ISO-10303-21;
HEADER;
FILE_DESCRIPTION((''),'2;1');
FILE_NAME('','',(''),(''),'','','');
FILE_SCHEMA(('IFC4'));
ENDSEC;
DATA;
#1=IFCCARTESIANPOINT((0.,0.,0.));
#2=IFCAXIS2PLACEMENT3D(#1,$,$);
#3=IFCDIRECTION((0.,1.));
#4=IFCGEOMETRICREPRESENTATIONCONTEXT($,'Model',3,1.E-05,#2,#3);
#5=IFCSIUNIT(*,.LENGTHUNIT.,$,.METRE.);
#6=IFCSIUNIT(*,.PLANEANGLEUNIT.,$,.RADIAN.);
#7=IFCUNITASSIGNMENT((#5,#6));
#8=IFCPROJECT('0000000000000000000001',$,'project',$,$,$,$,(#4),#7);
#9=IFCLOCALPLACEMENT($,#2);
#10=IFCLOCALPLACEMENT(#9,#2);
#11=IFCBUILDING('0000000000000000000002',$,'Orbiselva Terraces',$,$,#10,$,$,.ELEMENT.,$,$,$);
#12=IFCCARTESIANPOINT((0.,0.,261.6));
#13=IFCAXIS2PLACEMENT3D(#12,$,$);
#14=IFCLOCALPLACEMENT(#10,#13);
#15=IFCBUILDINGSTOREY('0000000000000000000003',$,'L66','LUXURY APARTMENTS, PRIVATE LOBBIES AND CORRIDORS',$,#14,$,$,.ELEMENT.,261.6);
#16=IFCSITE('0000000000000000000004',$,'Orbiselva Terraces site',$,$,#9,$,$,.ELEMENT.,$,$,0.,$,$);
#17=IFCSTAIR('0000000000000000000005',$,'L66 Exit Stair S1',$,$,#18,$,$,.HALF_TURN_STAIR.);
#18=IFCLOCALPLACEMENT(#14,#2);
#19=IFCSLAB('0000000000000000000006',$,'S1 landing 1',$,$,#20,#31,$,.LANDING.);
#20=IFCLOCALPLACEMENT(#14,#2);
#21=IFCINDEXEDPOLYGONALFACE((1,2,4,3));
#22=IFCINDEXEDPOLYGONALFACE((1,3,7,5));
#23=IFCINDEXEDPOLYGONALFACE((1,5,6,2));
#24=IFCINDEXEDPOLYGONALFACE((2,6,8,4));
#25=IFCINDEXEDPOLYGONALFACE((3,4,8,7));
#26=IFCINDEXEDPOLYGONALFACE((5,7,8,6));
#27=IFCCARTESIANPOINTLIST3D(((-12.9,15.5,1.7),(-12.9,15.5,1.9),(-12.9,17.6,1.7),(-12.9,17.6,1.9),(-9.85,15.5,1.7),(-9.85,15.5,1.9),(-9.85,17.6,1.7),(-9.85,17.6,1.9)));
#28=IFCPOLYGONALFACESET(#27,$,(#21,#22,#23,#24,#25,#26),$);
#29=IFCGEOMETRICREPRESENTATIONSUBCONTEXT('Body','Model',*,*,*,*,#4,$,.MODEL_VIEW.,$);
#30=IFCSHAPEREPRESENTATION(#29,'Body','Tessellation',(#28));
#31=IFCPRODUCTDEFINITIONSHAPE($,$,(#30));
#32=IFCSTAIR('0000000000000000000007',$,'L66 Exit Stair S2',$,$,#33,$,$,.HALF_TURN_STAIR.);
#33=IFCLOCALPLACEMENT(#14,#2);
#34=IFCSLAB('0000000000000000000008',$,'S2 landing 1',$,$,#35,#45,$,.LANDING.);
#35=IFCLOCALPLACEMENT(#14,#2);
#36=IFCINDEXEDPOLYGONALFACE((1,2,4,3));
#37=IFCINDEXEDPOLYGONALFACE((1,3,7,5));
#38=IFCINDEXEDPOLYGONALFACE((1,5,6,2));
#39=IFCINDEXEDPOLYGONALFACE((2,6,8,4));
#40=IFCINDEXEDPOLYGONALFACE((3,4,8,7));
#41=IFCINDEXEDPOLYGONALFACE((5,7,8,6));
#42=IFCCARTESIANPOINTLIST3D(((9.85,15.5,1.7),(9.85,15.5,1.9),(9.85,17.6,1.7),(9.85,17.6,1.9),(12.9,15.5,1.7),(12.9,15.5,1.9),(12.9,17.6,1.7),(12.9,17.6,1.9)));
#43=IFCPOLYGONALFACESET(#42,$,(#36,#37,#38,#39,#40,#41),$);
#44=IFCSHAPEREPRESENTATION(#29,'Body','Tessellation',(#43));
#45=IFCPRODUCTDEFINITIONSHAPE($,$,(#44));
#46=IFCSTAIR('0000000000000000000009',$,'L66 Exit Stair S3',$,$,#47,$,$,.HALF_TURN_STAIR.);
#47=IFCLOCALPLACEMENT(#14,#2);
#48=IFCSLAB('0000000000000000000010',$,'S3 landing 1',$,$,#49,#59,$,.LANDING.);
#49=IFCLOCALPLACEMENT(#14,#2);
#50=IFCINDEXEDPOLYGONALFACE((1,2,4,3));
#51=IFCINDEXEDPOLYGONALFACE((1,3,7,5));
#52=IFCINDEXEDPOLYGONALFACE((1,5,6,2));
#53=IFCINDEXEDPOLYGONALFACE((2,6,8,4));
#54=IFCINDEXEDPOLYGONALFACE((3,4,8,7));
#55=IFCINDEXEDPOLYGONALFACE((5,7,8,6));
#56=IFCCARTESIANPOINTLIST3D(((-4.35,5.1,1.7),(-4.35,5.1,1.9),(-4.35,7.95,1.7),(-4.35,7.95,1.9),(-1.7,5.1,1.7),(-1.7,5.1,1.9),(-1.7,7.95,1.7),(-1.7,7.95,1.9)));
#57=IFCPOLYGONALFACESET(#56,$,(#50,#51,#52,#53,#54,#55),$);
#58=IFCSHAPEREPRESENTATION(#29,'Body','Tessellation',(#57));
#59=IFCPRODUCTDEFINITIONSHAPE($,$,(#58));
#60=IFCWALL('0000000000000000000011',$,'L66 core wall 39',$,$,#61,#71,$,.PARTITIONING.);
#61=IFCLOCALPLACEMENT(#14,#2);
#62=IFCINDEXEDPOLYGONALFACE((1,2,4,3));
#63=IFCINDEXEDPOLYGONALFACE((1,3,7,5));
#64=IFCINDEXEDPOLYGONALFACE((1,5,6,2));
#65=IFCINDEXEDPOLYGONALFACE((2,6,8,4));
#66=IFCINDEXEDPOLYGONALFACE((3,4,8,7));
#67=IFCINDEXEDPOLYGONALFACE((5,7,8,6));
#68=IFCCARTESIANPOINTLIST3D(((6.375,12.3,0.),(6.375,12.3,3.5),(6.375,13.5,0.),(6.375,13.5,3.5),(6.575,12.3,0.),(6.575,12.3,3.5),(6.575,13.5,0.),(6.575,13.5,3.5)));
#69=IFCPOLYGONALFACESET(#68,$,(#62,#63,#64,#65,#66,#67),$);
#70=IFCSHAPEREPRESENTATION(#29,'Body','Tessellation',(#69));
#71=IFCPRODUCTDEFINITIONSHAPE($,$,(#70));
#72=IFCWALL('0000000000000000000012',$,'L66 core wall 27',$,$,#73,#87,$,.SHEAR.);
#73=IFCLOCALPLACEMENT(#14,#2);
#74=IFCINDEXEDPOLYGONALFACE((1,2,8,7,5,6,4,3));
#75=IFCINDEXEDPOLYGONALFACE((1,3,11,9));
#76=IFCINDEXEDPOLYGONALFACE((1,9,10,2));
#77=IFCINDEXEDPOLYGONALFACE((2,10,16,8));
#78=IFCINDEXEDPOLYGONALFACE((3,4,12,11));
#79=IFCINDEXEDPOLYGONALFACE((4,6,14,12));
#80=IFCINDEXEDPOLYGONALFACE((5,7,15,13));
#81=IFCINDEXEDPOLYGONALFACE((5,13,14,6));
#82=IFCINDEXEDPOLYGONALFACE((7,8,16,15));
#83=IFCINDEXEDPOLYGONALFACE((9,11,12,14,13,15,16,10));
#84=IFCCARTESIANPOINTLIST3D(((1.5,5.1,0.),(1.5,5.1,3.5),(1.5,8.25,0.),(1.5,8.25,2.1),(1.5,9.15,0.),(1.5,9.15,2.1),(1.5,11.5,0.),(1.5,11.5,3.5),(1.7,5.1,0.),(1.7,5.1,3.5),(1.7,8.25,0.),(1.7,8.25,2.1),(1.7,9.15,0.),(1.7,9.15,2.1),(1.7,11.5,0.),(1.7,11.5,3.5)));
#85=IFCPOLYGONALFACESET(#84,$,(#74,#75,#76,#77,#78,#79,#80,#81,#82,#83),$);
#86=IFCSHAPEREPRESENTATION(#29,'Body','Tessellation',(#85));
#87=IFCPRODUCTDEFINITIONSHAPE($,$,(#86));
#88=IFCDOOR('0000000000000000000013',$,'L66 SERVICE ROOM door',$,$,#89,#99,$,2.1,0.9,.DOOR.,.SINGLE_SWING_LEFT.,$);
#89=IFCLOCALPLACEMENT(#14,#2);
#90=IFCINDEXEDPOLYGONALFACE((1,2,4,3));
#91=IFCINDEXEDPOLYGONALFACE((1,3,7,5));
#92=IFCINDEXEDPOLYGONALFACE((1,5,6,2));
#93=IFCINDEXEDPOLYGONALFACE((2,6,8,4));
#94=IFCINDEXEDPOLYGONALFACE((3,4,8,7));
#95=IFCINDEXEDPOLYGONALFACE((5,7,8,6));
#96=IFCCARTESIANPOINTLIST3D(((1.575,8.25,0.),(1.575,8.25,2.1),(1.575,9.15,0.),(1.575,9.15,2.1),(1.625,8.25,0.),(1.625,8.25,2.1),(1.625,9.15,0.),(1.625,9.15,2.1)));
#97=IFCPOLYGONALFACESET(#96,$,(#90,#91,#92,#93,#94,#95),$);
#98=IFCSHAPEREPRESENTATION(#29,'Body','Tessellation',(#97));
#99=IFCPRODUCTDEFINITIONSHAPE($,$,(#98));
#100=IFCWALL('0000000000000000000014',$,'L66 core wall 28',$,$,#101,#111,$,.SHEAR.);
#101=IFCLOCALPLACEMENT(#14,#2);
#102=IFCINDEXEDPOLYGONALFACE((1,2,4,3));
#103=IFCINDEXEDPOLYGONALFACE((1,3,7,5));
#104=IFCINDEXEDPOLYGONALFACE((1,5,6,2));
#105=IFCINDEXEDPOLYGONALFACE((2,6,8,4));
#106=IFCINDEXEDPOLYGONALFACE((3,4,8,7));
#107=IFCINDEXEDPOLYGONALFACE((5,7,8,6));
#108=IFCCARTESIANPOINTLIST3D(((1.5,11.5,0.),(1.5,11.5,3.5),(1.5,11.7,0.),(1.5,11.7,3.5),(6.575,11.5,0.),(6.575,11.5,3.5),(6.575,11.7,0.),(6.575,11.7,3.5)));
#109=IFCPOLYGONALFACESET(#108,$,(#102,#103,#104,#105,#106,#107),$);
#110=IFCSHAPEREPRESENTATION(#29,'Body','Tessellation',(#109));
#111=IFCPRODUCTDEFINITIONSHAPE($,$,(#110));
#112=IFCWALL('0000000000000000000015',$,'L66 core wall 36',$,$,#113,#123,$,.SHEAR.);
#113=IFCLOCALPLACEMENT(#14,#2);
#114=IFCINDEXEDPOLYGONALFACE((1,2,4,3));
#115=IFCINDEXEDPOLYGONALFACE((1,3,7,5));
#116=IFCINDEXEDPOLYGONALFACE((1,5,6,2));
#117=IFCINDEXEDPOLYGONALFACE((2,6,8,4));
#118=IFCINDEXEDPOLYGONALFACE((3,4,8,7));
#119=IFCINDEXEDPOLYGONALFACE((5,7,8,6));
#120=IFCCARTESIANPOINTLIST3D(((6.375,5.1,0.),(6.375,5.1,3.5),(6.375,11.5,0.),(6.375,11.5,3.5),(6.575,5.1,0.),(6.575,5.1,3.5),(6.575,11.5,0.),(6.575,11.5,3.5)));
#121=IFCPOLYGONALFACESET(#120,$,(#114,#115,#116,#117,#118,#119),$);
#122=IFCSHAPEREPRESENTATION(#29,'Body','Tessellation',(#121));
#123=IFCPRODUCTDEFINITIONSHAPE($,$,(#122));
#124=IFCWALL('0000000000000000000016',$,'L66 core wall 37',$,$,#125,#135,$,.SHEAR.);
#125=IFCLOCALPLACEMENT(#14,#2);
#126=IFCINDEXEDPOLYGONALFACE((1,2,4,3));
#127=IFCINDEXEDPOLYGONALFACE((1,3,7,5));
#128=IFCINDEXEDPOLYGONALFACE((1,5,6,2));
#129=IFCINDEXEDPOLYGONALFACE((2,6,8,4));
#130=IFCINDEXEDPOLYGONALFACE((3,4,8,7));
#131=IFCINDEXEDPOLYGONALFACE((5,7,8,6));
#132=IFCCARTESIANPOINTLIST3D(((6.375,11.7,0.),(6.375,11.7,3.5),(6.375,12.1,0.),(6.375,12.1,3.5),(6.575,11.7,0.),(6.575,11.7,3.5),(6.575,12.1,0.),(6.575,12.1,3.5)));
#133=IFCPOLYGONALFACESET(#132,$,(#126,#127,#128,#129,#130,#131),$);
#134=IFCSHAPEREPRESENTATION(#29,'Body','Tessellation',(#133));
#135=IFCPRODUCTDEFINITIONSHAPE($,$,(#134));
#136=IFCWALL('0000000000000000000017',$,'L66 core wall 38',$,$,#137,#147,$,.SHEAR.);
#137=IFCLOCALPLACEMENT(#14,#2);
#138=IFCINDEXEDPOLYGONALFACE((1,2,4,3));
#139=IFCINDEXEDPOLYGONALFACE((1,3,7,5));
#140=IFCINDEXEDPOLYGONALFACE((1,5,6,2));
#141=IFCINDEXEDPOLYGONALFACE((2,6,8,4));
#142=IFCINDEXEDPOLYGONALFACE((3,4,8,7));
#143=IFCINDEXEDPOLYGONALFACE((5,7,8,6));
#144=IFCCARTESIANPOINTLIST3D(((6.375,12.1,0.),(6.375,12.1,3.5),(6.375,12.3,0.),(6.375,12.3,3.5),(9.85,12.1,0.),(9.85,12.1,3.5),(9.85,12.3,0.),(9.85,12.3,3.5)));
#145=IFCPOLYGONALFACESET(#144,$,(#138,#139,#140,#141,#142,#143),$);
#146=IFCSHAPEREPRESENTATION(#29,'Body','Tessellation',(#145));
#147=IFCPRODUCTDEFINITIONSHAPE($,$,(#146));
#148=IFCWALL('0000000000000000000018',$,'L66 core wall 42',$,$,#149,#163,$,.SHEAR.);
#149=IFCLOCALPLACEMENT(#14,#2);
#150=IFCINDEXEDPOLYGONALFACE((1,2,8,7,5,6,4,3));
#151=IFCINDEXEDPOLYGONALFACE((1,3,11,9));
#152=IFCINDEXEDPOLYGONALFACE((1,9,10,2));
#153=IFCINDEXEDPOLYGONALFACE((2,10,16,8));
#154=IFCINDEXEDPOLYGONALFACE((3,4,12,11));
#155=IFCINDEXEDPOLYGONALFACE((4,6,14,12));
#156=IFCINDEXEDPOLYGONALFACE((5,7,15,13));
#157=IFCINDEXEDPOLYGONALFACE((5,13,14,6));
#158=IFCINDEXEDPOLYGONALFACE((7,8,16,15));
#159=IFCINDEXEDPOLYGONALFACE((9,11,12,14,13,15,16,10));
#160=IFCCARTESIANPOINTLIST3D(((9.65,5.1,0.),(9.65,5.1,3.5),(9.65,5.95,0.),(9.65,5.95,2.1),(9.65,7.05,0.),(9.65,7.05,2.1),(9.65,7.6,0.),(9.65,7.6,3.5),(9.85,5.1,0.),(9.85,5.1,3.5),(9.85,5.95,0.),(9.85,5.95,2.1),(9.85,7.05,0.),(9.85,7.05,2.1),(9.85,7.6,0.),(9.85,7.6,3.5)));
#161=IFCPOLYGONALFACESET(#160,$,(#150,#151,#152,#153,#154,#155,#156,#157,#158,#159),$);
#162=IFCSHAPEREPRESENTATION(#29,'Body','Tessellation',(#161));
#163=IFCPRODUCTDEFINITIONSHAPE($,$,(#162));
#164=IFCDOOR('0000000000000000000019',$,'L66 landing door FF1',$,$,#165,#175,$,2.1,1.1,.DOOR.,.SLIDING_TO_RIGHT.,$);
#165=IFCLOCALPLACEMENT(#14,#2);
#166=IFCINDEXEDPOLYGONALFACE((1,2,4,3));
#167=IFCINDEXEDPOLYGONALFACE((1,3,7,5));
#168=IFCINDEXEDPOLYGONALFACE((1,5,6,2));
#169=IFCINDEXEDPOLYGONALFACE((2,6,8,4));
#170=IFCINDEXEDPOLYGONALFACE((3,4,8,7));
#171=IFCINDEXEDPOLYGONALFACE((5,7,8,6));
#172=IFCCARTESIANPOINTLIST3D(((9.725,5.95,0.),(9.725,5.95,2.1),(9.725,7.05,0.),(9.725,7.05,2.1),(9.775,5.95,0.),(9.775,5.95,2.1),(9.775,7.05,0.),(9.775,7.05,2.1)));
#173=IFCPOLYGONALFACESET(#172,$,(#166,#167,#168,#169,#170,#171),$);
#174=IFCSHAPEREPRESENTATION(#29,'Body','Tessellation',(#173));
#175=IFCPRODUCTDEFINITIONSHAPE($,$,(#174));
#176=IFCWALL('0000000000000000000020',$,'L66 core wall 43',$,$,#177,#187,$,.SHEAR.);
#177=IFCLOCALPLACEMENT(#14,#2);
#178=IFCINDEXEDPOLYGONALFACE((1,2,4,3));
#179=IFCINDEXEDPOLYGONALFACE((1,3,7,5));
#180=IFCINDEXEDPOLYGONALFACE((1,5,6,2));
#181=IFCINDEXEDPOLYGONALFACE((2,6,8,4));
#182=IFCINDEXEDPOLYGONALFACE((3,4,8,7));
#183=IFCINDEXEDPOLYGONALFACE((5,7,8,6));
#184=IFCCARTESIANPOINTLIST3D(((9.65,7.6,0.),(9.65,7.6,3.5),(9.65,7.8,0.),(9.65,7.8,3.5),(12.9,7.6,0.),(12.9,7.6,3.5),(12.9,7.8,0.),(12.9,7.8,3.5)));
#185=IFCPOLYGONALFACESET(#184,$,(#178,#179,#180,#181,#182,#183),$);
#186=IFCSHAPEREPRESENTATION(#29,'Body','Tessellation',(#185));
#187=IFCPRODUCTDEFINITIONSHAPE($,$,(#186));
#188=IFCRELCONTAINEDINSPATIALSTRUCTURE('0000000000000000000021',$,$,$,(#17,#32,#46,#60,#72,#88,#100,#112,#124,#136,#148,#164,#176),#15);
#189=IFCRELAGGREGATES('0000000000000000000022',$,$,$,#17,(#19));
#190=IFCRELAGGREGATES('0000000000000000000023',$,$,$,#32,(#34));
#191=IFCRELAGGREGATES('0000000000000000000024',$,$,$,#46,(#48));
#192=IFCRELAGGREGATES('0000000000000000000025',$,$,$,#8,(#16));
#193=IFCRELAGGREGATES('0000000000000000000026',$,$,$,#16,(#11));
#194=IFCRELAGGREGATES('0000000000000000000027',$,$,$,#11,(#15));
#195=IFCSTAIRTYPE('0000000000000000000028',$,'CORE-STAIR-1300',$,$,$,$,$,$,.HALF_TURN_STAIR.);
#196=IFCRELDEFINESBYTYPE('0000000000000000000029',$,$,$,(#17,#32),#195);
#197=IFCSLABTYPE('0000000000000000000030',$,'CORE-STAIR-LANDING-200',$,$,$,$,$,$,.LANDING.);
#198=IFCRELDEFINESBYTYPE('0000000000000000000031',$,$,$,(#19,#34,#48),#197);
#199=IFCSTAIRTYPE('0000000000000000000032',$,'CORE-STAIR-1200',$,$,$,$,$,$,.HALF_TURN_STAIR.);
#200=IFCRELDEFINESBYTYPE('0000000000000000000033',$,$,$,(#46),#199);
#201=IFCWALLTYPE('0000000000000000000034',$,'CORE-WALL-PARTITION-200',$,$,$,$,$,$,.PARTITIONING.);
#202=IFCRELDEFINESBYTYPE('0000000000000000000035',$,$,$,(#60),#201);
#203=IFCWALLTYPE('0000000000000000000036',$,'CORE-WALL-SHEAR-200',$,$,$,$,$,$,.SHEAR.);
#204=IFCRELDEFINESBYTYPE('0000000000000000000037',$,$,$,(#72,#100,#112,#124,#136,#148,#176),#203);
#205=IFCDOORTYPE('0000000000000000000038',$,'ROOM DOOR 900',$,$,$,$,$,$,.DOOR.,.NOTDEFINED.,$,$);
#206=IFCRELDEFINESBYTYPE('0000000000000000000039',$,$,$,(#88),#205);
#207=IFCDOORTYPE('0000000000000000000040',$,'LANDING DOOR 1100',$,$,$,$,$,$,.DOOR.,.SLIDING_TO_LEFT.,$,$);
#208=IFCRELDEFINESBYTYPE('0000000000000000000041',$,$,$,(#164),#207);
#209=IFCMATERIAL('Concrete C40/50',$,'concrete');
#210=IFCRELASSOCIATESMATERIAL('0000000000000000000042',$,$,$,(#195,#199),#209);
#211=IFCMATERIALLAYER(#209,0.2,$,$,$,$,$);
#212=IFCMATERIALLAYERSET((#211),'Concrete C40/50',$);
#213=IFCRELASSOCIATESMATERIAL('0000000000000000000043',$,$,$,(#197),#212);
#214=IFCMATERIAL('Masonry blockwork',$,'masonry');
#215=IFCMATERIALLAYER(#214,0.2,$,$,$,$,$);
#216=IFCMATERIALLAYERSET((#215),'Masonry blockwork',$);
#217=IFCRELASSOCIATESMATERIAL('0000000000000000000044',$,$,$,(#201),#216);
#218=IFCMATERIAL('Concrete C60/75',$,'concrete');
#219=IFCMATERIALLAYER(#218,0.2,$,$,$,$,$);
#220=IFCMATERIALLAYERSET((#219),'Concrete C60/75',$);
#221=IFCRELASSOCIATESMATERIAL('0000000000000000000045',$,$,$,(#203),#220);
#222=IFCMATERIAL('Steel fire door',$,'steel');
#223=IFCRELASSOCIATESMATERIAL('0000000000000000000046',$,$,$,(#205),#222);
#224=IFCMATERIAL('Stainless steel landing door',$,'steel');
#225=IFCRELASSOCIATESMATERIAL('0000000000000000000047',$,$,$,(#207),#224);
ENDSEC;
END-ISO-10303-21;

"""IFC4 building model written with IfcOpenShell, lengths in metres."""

from ifc_helpers import new_model, si_unit, direction, frame, frame_2d, origin, place, context, subcontext, project, spatial, polyline, rectangle, outline, extrude, material, layer, layer_set, type_object, element, fill, aggregate, save


model = new_model("IFC4")

# Units and contexts
model_context = context("Model", 3, precision=1e-05, world=origin(), true_north=direction((0.0, 1.0)))
body_context = subcontext(model_context, "Body", "Model", "MODEL_VIEW")
ifc_project = project(units=[si_unit("LENGTHUNIT", "METRE"), si_unit("PLANEANGLEUNIT", "RADIAN")], contexts=[model_context])

# Site, building, storey
site_placement = place(None, origin())
site = spatial("IfcSite", under=ifc_project, at=site_placement, Name="Orbiselva Terraces site", CompositionType="ELEMENT", RefElevation=0.0)
building_placement = place(site_placement, origin())
building = spatial("IfcBuilding", under=site, at=building_placement, Name="Orbiselva Terraces", CompositionType="ELEMENT")
storey_placement = place(building_placement, frame((0.0, 0.0, 261.6)))
storey = spatial("IfcBuildingStorey", under=building, at=storey_placement, Name="L66", Description="LUXURY APARTMENTS, PRIVATE LOBBIES AND CORRIDORS", CompositionType="ELEMENT", Elevation=261.6)

# Stairs, slabs
ifc_material_1 = material(Name="Concrete C40/50", Category="concrete")
stair_type_1 = type_object("IfcStairType", Name="CORE-STAIR-1300", PredefinedType="HALF_TURN_STAIR", material=ifc_material_1)
stair_1_placement = place(storey_placement, origin())
stair_1 = element("IfcStair", 1, at=stair_1_placement, inside=storey, type_object=stair_type_1, Name="L66 Exit Stair S1", PredefinedType="HALF_TURN_STAIR")
ifc_layer_1 = layer(ifc_material_1, 0.2)
ifc_layer_set_1 = layer_set([ifc_layer_1], Name="Concrete C40/50")
slab_type = type_object("IfcSlabType", Name="CORE-STAIR-LANDING-200", PredefinedType="LANDING", material=ifc_layer_set_1)
slab_1_placement = place(storey_placement, frame((0.0, 0.0, 1.7)))
slab_1 = element("IfcSlab", 2, at=slab_1_placement, type_object=slab_type, Name="S1 landing 1", PredefinedType="LANDING", context=body_context, shape_type="SweptSolid", body=[
    extrude(outline(polyline([(-9.85, 15.5), (-9.85, 17.6), (-12.9, 17.6), (-12.9, 15.5), (-9.85, 15.5)])), origin(), (0.0, 0.0, 1.0), 0.2),
])
aggregate(stair_1, [slab_1])
stair_2_placement = place(storey_placement, origin())
stair_2 = element("IfcStair", 3, at=stair_2_placement, inside=storey, type_object=stair_type_1, Name="L66 Exit Stair S2", PredefinedType="HALF_TURN_STAIR")
slab_2_placement = place(storey_placement, frame((0.0, 0.0, 1.7)))
slab_2 = element("IfcSlab", 4, at=slab_2_placement, type_object=slab_type, Name="S2 landing 1", PredefinedType="LANDING", context=body_context, shape_type="SweptSolid", body=[
    extrude(outline(polyline([(12.9, 15.5), (12.9, 17.6), (9.85, 17.6), (9.85, 15.5), (12.9, 15.5)])), origin(), (0.0, 0.0, 1.0), 0.2),
])
aggregate(stair_2, [slab_2])
stair_type_2 = type_object("IfcStairType", Name="CORE-STAIR-1200", PredefinedType="HALF_TURN_STAIR", material=ifc_material_1)
stair_3_placement = place(storey_placement, origin())
stair_3 = element("IfcStair", 5, at=stair_3_placement, inside=storey, type_object=stair_type_2, Name="L66 Exit Stair S3", PredefinedType="HALF_TURN_STAIR")
slab_3_placement = place(storey_placement, frame((0.0, 0.0, 1.7)))
slab_3 = element("IfcSlab", 6, at=slab_3_placement, type_object=slab_type, Name="S3 landing 1", PredefinedType="LANDING", context=body_context, shape_type="SweptSolid", body=[
    extrude(outline(polyline([(-4.35, 5.1), (-1.7, 5.1), (-1.7, 7.95), (-4.35, 7.95), (-4.35, 5.1)])), origin(), (0.0, 0.0, 1.0), 0.2),
])
aggregate(stair_3, [slab_3])

# Wall
ifc_material_2 = material(Name="Masonry blockwork", Category="masonry")
ifc_layer_2 = layer(ifc_material_2, 0.2)
ifc_layer_set_2 = layer_set([ifc_layer_2], Name="Masonry blockwork")
wall_type_1 = type_object("IfcWallType", Name="CORE-WALL-PARTITION-200", PredefinedType="PARTITIONING", material=ifc_layer_set_2)
wall_1_placement = place(storey_placement, frame((6.475, 12.3, 0.0), z_axis=(0.0, 0.0, 1.0), x_axis=(0.0, 1.0, 0.0)))
element("IfcWall", 7, at=wall_1_placement, inside=storey, type_object=wall_type_1, Name="L66 core wall 39", PredefinedType="PARTITIONING", context=body_context, shape_type="SweptSolid", body=[
    extrude(rectangle(XDim=1.2, YDim=0.2, at=frame_2d((0.6, 0.0))), origin(), (0.0, 0.0, 1.0), 3.5),
])

# Wall, opening, door
ifc_material_3 = material(Name="Concrete C60/75", Category="concrete")
ifc_layer_3 = layer(ifc_material_3, 0.2)
ifc_layer_set_3 = layer_set([ifc_layer_3], Name="Concrete C60/75")
wall_type_2 = type_object("IfcWallType", Name="CORE-WALL-SHEAR-200", PredefinedType="SHEAR", material=ifc_layer_set_3)
wall_2_placement = place(storey_placement, frame((1.6, 11.5, 0.0), z_axis=(0.0, 0.0, 1.0), x_axis=(0.0, -1.0, 0.0)))
wall_2 = element("IfcWall", 8, at=wall_2_placement, inside=storey, type_object=wall_type_2, Name="L66 core wall 27", PredefinedType="SHEAR", context=body_context, shape_type="SweptSolid", body=[
    extrude(rectangle(XDim=6.4, YDim=0.2, at=frame_2d((3.2, 0.0))), origin(), (0.0, 0.0, 1.0), 3.5),
])
opening_1_placement = place(wall_2_placement, frame((2.35, 0.0, 0.0)))
opening_1 = element("IfcOpeningElement", 9, at=opening_1_placement, cuts=wall_2, PredefinedType="OPENING", context=body_context, shape_type="SweptSolid", body=[
    extrude(rectangle(XDim=0.9, YDim=2.1, at=frame_2d((0.45, 1.05))), frame((0.0, 0.11, 0.0), z_axis=(0.0, -1.0, 0.0), x_axis=(1.0, 0.0, 0.0)), (0.0, 0.0, 1.0), 0.22),
])
ifc_material_4 = material(Name="Steel fire door", Category="steel")
door_type_1 = type_object("IfcDoorType", Name="ROOM DOOR 900", OperationType="NOTDEFINED", PredefinedType="DOOR", material=ifc_material_4)
door_1_placement = place(opening_1_placement, origin())
door_1 = element("IfcDoor", 10, at=door_1_placement, inside=storey, type_object=door_type_1, Name="L66 SERVICE ROOM door", OperationType="SINGLE_SWING_LEFT", OverallHeight=2.1, OverallWidth=0.9, PredefinedType="DOOR", context=body_context, shape_type="SweptSolid", body=[
    extrude(rectangle(XDim=0.9, YDim=2.1, at=frame_2d((0.45, 1.05))), frame((0.0, 0.025, 0.0), z_axis=(0.0, -1.0, 0.0), x_axis=(1.0, 0.0, 0.0)), (0.0, 0.0, 1.0), 0.05),
])
fill(opening_1, door_1)

# Walls
wall_3_placement = place(storey_placement, frame((1.5, 11.6, 0.0), z_axis=(0.0, 0.0, 1.0), x_axis=(1.0, 0.0, 0.0)))
element("IfcWall", 11, at=wall_3_placement, inside=storey, type_object=wall_type_2, Name="L66 core wall 28", PredefinedType="SHEAR", context=body_context, shape_type="SweptSolid", body=[
    extrude(rectangle(XDim=5.075, YDim=0.2, at=frame_2d((2.5375, 0.0))), origin(), (0.0, 0.0, 1.0), 3.5),
])
wall_4_placement = place(storey_placement, frame((6.475, 5.1, 0.0), z_axis=(0.0, 0.0, 1.0), x_axis=(0.0, 1.0, 0.0)))
element("IfcWall", 12, at=wall_4_placement, inside=storey, type_object=wall_type_2, Name="L66 core wall 36", PredefinedType="SHEAR", context=body_context, shape_type="SweptSolid", body=[
    extrude(rectangle(XDim=6.4, YDim=0.2, at=frame_2d((3.2, 0.0))), origin(), (0.0, 0.0, 1.0), 3.5),
])
wall_5_placement = place(storey_placement, frame((6.475, 11.7, 0.0), z_axis=(0.0, 0.0, 1.0), x_axis=(0.0, 1.0, 0.0)))
element("IfcWall", 13, at=wall_5_placement, inside=storey, type_object=wall_type_2, Name="L66 core wall 37", PredefinedType="SHEAR", context=body_context, shape_type="SweptSolid", body=[
    extrude(rectangle(XDim=0.4, YDim=0.2, at=frame_2d((0.2, 0.0))), origin(), (0.0, 0.0, 1.0), 3.5),
])
wall_6_placement = place(storey_placement, frame((6.375, 12.2, 0.0), z_axis=(0.0, 0.0, 1.0), x_axis=(1.0, 0.0, 0.0)))
element("IfcWall", 14, at=wall_6_placement, inside=storey, type_object=wall_type_2, Name="L66 core wall 38", PredefinedType="SHEAR", context=body_context, shape_type="SweptSolid", body=[
    extrude(rectangle(XDim=3.475, YDim=0.2, at=frame_2d((1.7375, 0.0))), origin(), (0.0, 0.0, 1.0), 3.5),
])

# Wall, opening, door
wall_7_placement = place(storey_placement, frame((9.75, 5.1, 0.0), z_axis=(0.0, 0.0, 1.0), x_axis=(0.0, 1.0, 0.0)))
wall_7 = element("IfcWall", 15, at=wall_7_placement, inside=storey, type_object=wall_type_2, Name="L66 core wall 42", PredefinedType="SHEAR", context=body_context, shape_type="SweptSolid", body=[
    extrude(rectangle(XDim=2.5, YDim=0.2, at=frame_2d((1.25, 0.0))), origin(), (0.0, 0.0, 1.0), 3.5),
])
opening_2_placement = place(wall_7_placement, frame((0.85, 0.0, 0.0)))
opening_2 = element("IfcOpeningElement", 16, at=opening_2_placement, cuts=wall_7, PredefinedType="OPENING", context=body_context, shape_type="SweptSolid", body=[
    extrude(rectangle(XDim=1.1, YDim=2.1, at=frame_2d((0.55, 1.05))), frame((0.0, 0.11, 0.0), z_axis=(0.0, -1.0, 0.0), x_axis=(1.0, 0.0, 0.0)), (0.0, 0.0, 1.0), 0.22),
])
ifc_material_5 = material(Name="Stainless steel landing door", Category="steel")
door_type_2 = type_object("IfcDoorType", Name="LANDING DOOR 1100", OperationType="SLIDING_TO_LEFT", PredefinedType="DOOR", material=ifc_material_5)
door_2_placement = place(opening_2_placement, origin())
door_2 = element("IfcDoor", 17, at=door_2_placement, inside=storey, type_object=door_type_2, Name="L66 landing door FF1", OperationType="SLIDING_TO_RIGHT", OverallHeight=2.1, OverallWidth=1.1, PredefinedType="DOOR", context=body_context, shape_type="SweptSolid", body=[
    extrude(rectangle(XDim=1.1, YDim=2.1, at=frame_2d((0.55, 1.05))), frame((0.0, 0.025, 0.0), z_axis=(0.0, -1.0, 0.0), x_axis=(1.0, 0.0, 0.0)), (0.0, 0.0, 1.0), 0.05),
])
fill(opening_2, door_2)

# Wall
wall_8_placement = place(storey_placement, frame((9.65, 7.7, 0.0), z_axis=(0.0, 0.0, 1.0), x_axis=(1.0, 0.0, 0.0)))
element("IfcWall", 18, at=wall_8_placement, inside=storey, type_object=wall_type_2, Name="L66 core wall 43", PredefinedType="SHEAR", context=body_context, shape_type="SweptSolid", body=[
    extrude(rectangle(XDim=3.25, YDim=0.2, at=frame_2d((1.625, 0.0))), origin(), (0.0, 0.0, 1.0), 3.5),
])

save(model, "model.ifc")
